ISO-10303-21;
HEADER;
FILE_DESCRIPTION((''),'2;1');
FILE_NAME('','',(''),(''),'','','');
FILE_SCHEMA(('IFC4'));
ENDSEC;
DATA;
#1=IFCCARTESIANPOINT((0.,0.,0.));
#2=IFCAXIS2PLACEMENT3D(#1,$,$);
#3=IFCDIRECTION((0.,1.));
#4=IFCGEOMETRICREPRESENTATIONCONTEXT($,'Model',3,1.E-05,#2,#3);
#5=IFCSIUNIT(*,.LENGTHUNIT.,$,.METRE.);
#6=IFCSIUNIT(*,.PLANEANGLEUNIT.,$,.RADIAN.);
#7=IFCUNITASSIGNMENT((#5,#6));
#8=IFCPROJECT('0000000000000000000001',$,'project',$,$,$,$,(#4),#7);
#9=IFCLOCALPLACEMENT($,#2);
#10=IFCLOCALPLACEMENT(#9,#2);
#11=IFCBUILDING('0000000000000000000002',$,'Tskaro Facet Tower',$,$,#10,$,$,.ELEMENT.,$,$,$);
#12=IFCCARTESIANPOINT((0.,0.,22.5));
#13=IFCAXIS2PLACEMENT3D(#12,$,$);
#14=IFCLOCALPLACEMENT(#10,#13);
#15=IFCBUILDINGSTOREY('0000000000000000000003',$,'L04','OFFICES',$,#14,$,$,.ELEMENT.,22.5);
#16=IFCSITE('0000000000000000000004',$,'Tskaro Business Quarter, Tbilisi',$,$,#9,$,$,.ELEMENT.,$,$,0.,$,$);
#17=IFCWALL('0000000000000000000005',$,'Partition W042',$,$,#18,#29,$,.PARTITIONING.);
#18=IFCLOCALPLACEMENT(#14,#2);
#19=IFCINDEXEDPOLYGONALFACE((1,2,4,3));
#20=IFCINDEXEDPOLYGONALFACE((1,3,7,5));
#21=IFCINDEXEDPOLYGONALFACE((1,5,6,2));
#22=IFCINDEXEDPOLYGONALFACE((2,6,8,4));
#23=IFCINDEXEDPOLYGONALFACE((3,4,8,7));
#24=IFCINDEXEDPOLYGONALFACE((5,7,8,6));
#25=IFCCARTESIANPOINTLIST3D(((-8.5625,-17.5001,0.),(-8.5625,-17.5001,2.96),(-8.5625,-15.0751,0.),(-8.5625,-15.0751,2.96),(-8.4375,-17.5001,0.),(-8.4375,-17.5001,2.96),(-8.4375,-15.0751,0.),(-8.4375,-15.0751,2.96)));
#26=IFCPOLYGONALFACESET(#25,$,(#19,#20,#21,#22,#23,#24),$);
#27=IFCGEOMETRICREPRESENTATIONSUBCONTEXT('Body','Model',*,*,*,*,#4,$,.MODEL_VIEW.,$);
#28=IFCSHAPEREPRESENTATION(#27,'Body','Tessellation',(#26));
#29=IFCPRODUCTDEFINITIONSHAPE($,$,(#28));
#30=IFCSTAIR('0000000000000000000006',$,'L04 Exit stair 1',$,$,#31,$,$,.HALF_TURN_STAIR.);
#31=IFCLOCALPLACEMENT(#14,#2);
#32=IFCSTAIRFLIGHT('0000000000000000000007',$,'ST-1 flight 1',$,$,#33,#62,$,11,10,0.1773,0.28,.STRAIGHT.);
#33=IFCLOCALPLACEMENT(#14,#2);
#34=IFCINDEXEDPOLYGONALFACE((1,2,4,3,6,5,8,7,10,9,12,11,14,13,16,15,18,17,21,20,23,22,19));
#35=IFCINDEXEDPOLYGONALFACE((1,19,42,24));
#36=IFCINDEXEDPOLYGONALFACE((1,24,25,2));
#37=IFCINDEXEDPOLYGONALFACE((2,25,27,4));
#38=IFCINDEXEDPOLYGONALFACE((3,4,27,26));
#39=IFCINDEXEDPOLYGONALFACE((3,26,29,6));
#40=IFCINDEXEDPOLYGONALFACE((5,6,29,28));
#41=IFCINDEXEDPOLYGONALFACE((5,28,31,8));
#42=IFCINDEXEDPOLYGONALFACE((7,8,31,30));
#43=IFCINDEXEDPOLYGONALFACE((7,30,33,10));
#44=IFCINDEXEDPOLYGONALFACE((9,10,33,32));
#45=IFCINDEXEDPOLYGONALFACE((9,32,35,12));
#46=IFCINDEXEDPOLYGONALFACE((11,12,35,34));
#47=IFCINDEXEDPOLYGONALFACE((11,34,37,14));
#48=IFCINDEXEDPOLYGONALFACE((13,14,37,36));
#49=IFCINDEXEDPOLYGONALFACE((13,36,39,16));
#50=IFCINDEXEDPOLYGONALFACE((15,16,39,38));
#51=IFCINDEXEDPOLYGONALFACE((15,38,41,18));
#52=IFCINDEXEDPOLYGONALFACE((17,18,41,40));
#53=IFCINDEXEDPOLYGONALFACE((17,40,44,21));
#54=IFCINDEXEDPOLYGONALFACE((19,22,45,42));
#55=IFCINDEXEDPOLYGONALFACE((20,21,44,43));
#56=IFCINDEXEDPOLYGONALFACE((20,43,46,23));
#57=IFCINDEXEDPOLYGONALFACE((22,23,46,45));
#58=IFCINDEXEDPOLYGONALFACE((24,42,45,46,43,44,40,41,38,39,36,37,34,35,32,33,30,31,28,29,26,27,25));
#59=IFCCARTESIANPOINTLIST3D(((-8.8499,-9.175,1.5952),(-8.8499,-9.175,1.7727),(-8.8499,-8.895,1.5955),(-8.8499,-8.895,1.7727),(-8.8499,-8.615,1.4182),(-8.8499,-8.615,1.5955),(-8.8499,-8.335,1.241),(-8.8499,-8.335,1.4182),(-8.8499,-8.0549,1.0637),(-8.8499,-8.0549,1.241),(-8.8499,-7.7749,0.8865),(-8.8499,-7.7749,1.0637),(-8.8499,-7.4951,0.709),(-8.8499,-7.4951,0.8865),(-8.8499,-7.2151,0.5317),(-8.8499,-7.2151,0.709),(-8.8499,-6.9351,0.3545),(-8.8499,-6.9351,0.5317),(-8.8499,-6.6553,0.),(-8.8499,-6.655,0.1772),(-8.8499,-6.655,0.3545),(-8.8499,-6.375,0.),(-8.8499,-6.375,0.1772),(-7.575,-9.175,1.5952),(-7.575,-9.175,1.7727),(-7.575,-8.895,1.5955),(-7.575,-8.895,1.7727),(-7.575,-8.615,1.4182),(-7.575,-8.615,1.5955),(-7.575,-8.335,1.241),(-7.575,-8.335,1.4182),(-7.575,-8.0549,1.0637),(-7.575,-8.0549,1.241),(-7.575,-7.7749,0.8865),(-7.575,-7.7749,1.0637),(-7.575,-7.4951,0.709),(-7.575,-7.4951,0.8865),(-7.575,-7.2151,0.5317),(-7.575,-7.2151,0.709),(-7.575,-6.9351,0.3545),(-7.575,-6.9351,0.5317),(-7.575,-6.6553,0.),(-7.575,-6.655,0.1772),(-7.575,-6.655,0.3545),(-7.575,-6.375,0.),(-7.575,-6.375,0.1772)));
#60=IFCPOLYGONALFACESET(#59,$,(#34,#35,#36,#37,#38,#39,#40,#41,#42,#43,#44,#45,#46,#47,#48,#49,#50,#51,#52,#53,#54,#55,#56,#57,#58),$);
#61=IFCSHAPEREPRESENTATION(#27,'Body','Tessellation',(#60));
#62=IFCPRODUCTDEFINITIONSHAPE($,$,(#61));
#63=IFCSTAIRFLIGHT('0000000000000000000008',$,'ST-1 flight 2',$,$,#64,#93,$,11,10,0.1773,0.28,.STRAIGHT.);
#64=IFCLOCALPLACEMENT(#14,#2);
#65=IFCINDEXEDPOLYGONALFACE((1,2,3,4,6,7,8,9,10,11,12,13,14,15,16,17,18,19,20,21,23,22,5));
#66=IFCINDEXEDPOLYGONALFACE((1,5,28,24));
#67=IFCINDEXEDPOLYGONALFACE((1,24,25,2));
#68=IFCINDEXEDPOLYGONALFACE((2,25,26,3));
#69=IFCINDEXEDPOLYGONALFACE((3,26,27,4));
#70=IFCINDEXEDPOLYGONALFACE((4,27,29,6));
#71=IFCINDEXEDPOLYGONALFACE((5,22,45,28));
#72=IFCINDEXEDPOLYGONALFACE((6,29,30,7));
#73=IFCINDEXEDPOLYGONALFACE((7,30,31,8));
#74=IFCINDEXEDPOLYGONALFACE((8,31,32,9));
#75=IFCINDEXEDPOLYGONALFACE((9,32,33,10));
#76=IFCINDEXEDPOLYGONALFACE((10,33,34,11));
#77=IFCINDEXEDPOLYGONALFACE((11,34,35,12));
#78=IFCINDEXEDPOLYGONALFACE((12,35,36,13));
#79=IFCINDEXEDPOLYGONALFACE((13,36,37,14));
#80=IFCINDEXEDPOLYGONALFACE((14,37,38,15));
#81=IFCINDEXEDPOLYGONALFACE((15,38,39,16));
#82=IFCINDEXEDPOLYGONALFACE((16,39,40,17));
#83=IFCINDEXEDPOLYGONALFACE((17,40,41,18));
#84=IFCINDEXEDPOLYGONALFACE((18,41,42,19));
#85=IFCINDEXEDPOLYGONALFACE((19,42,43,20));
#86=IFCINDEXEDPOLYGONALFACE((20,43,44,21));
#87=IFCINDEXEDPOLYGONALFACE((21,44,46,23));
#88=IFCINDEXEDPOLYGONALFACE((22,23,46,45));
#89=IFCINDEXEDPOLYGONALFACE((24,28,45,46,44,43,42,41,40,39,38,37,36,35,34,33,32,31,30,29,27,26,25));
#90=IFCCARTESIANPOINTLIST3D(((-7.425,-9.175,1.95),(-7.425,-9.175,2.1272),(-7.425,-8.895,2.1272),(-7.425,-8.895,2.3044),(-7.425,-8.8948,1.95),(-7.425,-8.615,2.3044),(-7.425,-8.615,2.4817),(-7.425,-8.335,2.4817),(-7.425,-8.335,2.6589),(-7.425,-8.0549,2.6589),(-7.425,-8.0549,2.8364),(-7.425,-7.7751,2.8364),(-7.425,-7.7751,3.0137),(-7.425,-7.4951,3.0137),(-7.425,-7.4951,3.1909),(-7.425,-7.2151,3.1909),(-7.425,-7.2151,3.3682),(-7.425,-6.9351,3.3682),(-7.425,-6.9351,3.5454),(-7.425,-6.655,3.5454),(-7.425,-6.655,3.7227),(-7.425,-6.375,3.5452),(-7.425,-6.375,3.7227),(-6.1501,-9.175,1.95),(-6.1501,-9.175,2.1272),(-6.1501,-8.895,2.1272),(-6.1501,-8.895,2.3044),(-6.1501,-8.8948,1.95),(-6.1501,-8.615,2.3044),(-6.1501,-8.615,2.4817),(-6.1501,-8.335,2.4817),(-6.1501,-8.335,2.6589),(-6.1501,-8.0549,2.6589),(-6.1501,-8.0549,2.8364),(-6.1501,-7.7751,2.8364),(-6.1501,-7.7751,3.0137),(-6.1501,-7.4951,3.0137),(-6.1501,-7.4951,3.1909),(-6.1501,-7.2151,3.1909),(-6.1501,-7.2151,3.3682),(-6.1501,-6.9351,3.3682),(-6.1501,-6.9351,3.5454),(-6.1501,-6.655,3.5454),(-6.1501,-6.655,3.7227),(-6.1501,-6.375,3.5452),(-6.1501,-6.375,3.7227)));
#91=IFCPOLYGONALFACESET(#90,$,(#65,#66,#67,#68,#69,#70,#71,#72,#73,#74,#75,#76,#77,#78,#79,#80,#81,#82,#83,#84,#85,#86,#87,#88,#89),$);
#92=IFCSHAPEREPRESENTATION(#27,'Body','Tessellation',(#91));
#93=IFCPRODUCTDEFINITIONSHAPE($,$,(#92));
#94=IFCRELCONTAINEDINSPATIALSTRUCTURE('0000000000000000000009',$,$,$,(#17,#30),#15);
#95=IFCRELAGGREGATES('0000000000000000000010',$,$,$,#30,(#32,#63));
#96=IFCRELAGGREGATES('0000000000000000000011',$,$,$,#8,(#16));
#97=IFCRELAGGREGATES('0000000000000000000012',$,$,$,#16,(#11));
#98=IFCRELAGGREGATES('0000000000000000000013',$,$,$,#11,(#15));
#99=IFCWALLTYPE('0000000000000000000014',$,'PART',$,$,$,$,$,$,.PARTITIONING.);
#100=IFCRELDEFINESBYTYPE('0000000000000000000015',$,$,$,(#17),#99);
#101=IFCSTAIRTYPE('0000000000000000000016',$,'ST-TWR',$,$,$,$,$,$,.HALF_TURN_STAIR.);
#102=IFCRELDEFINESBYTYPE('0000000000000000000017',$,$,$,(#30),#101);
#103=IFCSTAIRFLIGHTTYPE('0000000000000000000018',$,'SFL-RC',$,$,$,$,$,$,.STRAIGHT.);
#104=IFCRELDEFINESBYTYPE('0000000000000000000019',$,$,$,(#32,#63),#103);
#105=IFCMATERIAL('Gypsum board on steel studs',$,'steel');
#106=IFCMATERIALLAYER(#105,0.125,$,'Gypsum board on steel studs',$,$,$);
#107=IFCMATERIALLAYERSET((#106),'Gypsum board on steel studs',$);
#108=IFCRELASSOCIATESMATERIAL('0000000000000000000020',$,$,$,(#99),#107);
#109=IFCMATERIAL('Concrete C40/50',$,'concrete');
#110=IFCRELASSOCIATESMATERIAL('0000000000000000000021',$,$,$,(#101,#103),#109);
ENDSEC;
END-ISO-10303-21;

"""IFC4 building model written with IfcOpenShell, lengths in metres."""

from ifc_helpers import new_model, si_unit, direction, frame, frame_2d, origin, place, context, subcontext, project, spatial, polyline, rectangle, outline, extrude, material, layer, layer_set, type_object, element, aggregate, save


model = new_model("IFC4")

# Units and contexts
model_context = context("Model", 3, precision=1e-05, world=origin(), true_north=direction((0.0, 1.0)))
body_context = subcontext(model_context, "Body", "Model", "MODEL_VIEW")
ifc_project = project(units=[si_unit("LENGTHUNIT", "METRE"), si_unit("PLANEANGLEUNIT", "RADIAN")], contexts=[model_context])

# Site, building, storey
site_placement = place(None, origin())
site = spatial("IfcSite", under=ifc_project, at=site_placement, Name="Tskaro Business Quarter, Tbilisi", CompositionType="ELEMENT", RefElevation=0.0)
building_placement = place(site_placement, origin())
building = spatial("IfcBuilding", under=site, at=building_placement, Name="Tskaro Facet Tower", CompositionType="ELEMENT")
storey_placement = place(building_placement, frame((0.0, 0.0, 22.5)))
storey = spatial("IfcBuildingStorey", under=building, at=storey_placement, Name="L04", Description="OFFICES", CompositionType="ELEMENT", Elevation=22.5)

# Wall
ifc_material_1 = material(Name="Gypsum board on steel studs", Category="steel")
ifc_layer_1 = layer(ifc_material_1, 0.125, Name="Gypsum board on steel studs")
ifc_layer_set_1 = layer_set([ifc_layer_1], Name="Gypsum board on steel studs")
wall_type_1 = type_object("IfcWallType", Name="PART", PredefinedType="PARTITIONING", material=ifc_layer_set_1)
wall_1_placement = place(storey_placement, frame((-8.5, -17.5, 0.0), z_axis=(0.0, 0.0, 1.0), x_axis=(0.0, 1.0, 0.0)))
element("IfcWall", 1, at=wall_1_placement, inside=storey, type_object=wall_type_1, Name="Partition W042", PredefinedType="PARTITIONING", context=body_context, shape_type="SweptSolid", body=[
    extrude(rectangle(XDim=2.425, YDim=0.125, at=frame_2d((1.2124, 0.0))), origin(), (0.0, 0.0, 1.0), 2.96),
])

# Stair, stair flights
ifc_material_2 = material(Name="Concrete C40/50", Category="concrete")
stair_type = type_object("IfcStairType", Name="ST-TWR", PredefinedType="HALF_TURN_STAIR", material=ifc_material_2)
stair_placement = place(storey_placement, origin())
stair = element("IfcStair", 2, at=stair_placement, inside=storey, type_object=stair_type, Name="L04 Exit stair 1", PredefinedType="HALF_TURN_STAIR")
stair_flight_type = type_object("IfcStairFlightType", Name="SFL-RC", PredefinedType="STRAIGHT", material=ifc_material_2)
stair_flight_1_placement = place(storey_placement, frame((-8.2124, -6.375, 0.0), z_axis=(0.0, 0.0, 1.0), x_axis=(0.0, -1.0, 0.0)))
stair_flight_1 = element("IfcStairFlight", 3, at=stair_flight_1_placement, type_object=stair_flight_type, Name="ST-1 flight 1", NumberOfRisers=11, NumberOfTreads=10, PredefinedType="STRAIGHT", RiserHeight=0.1773, TreadLength=0.28, context=body_context, shape_type="SweptSolid", body=[
    extrude(outline(polyline([(0.0, 0.0), (0.0, 0.1772), (0.28, 0.1772), (0.28, 0.3545), (0.5601, 0.3545), (0.5601, 0.5317), (0.8401, 0.5317), (0.8401, 0.709), (1.1201, 0.709), (1.1201, 0.8865), (1.3999, 0.8865), (1.3999, 1.0637), (1.6799, 1.0637), (1.6799, 1.241), (1.96, 1.241), (1.96, 1.4182), (2.24, 1.4182), (2.24, 1.5955), (2.52, 1.5955), (2.52, 1.7727), (2.8, 1.7727), (2.8, 1.95), (2.8, 1.5952), (0.2803, 0.0), (0.0, 0.0)])), frame((0.0, 0.6375, 0.0), z_axis=(0.0, -1.0, 0.0), x_axis=(1.0, 0.0, 0.0)), (0.0, 0.0, 1.0), 1.2749),
])
stair_flight_2_placement = place(storey_placement, frame((-6.7876, -9.175, 1.95), z_axis=(0.0, 0.0, 1.0), x_axis=(0.0, 1.0, 0.0)))
stair_flight_2 = element("IfcStairFlight", 4, at=stair_flight_2_placement, type_object=stair_flight_type, Name="ST-1 flight 2", NumberOfRisers=11, NumberOfTreads=10, PredefinedType="STRAIGHT", RiserHeight=0.1773, TreadLength=0.28, context=body_context, shape_type="SweptSolid", body=[
    extrude(outline(polyline([(0.0, 0.0), (0.0, 0.1772), (0.28, 0.1772), (0.28, 0.3545), (0.5601, 0.3545), (0.5601, 0.5317), (0.8401, 0.5317), (0.8401, 0.709), (1.1201, 0.709), (1.1201, 0.8865), (1.3999, 0.8865), (1.3999, 1.0637), (1.6799, 1.0637), (1.6799, 1.241), (1.96, 1.241), (1.96, 1.4182), (2.24, 1.4182), (2.24, 1.5955), (2.52, 1.5955), (2.52, 1.7727), (2.8, 1.7727), (2.8, 1.95), (2.8, 1.5952), (0.2803, 0.0), (0.0, 0.0)])), frame((0.0, 0.6375, 0.0), z_axis=(0.0, -1.0, 0.0), x_axis=(1.0, 0.0, 0.0)), (0.0, 0.0, 1.0), 1.2749),
])
aggregate(stair, [stair_flight_1, stair_flight_2])

save(model, "model.ifc")
